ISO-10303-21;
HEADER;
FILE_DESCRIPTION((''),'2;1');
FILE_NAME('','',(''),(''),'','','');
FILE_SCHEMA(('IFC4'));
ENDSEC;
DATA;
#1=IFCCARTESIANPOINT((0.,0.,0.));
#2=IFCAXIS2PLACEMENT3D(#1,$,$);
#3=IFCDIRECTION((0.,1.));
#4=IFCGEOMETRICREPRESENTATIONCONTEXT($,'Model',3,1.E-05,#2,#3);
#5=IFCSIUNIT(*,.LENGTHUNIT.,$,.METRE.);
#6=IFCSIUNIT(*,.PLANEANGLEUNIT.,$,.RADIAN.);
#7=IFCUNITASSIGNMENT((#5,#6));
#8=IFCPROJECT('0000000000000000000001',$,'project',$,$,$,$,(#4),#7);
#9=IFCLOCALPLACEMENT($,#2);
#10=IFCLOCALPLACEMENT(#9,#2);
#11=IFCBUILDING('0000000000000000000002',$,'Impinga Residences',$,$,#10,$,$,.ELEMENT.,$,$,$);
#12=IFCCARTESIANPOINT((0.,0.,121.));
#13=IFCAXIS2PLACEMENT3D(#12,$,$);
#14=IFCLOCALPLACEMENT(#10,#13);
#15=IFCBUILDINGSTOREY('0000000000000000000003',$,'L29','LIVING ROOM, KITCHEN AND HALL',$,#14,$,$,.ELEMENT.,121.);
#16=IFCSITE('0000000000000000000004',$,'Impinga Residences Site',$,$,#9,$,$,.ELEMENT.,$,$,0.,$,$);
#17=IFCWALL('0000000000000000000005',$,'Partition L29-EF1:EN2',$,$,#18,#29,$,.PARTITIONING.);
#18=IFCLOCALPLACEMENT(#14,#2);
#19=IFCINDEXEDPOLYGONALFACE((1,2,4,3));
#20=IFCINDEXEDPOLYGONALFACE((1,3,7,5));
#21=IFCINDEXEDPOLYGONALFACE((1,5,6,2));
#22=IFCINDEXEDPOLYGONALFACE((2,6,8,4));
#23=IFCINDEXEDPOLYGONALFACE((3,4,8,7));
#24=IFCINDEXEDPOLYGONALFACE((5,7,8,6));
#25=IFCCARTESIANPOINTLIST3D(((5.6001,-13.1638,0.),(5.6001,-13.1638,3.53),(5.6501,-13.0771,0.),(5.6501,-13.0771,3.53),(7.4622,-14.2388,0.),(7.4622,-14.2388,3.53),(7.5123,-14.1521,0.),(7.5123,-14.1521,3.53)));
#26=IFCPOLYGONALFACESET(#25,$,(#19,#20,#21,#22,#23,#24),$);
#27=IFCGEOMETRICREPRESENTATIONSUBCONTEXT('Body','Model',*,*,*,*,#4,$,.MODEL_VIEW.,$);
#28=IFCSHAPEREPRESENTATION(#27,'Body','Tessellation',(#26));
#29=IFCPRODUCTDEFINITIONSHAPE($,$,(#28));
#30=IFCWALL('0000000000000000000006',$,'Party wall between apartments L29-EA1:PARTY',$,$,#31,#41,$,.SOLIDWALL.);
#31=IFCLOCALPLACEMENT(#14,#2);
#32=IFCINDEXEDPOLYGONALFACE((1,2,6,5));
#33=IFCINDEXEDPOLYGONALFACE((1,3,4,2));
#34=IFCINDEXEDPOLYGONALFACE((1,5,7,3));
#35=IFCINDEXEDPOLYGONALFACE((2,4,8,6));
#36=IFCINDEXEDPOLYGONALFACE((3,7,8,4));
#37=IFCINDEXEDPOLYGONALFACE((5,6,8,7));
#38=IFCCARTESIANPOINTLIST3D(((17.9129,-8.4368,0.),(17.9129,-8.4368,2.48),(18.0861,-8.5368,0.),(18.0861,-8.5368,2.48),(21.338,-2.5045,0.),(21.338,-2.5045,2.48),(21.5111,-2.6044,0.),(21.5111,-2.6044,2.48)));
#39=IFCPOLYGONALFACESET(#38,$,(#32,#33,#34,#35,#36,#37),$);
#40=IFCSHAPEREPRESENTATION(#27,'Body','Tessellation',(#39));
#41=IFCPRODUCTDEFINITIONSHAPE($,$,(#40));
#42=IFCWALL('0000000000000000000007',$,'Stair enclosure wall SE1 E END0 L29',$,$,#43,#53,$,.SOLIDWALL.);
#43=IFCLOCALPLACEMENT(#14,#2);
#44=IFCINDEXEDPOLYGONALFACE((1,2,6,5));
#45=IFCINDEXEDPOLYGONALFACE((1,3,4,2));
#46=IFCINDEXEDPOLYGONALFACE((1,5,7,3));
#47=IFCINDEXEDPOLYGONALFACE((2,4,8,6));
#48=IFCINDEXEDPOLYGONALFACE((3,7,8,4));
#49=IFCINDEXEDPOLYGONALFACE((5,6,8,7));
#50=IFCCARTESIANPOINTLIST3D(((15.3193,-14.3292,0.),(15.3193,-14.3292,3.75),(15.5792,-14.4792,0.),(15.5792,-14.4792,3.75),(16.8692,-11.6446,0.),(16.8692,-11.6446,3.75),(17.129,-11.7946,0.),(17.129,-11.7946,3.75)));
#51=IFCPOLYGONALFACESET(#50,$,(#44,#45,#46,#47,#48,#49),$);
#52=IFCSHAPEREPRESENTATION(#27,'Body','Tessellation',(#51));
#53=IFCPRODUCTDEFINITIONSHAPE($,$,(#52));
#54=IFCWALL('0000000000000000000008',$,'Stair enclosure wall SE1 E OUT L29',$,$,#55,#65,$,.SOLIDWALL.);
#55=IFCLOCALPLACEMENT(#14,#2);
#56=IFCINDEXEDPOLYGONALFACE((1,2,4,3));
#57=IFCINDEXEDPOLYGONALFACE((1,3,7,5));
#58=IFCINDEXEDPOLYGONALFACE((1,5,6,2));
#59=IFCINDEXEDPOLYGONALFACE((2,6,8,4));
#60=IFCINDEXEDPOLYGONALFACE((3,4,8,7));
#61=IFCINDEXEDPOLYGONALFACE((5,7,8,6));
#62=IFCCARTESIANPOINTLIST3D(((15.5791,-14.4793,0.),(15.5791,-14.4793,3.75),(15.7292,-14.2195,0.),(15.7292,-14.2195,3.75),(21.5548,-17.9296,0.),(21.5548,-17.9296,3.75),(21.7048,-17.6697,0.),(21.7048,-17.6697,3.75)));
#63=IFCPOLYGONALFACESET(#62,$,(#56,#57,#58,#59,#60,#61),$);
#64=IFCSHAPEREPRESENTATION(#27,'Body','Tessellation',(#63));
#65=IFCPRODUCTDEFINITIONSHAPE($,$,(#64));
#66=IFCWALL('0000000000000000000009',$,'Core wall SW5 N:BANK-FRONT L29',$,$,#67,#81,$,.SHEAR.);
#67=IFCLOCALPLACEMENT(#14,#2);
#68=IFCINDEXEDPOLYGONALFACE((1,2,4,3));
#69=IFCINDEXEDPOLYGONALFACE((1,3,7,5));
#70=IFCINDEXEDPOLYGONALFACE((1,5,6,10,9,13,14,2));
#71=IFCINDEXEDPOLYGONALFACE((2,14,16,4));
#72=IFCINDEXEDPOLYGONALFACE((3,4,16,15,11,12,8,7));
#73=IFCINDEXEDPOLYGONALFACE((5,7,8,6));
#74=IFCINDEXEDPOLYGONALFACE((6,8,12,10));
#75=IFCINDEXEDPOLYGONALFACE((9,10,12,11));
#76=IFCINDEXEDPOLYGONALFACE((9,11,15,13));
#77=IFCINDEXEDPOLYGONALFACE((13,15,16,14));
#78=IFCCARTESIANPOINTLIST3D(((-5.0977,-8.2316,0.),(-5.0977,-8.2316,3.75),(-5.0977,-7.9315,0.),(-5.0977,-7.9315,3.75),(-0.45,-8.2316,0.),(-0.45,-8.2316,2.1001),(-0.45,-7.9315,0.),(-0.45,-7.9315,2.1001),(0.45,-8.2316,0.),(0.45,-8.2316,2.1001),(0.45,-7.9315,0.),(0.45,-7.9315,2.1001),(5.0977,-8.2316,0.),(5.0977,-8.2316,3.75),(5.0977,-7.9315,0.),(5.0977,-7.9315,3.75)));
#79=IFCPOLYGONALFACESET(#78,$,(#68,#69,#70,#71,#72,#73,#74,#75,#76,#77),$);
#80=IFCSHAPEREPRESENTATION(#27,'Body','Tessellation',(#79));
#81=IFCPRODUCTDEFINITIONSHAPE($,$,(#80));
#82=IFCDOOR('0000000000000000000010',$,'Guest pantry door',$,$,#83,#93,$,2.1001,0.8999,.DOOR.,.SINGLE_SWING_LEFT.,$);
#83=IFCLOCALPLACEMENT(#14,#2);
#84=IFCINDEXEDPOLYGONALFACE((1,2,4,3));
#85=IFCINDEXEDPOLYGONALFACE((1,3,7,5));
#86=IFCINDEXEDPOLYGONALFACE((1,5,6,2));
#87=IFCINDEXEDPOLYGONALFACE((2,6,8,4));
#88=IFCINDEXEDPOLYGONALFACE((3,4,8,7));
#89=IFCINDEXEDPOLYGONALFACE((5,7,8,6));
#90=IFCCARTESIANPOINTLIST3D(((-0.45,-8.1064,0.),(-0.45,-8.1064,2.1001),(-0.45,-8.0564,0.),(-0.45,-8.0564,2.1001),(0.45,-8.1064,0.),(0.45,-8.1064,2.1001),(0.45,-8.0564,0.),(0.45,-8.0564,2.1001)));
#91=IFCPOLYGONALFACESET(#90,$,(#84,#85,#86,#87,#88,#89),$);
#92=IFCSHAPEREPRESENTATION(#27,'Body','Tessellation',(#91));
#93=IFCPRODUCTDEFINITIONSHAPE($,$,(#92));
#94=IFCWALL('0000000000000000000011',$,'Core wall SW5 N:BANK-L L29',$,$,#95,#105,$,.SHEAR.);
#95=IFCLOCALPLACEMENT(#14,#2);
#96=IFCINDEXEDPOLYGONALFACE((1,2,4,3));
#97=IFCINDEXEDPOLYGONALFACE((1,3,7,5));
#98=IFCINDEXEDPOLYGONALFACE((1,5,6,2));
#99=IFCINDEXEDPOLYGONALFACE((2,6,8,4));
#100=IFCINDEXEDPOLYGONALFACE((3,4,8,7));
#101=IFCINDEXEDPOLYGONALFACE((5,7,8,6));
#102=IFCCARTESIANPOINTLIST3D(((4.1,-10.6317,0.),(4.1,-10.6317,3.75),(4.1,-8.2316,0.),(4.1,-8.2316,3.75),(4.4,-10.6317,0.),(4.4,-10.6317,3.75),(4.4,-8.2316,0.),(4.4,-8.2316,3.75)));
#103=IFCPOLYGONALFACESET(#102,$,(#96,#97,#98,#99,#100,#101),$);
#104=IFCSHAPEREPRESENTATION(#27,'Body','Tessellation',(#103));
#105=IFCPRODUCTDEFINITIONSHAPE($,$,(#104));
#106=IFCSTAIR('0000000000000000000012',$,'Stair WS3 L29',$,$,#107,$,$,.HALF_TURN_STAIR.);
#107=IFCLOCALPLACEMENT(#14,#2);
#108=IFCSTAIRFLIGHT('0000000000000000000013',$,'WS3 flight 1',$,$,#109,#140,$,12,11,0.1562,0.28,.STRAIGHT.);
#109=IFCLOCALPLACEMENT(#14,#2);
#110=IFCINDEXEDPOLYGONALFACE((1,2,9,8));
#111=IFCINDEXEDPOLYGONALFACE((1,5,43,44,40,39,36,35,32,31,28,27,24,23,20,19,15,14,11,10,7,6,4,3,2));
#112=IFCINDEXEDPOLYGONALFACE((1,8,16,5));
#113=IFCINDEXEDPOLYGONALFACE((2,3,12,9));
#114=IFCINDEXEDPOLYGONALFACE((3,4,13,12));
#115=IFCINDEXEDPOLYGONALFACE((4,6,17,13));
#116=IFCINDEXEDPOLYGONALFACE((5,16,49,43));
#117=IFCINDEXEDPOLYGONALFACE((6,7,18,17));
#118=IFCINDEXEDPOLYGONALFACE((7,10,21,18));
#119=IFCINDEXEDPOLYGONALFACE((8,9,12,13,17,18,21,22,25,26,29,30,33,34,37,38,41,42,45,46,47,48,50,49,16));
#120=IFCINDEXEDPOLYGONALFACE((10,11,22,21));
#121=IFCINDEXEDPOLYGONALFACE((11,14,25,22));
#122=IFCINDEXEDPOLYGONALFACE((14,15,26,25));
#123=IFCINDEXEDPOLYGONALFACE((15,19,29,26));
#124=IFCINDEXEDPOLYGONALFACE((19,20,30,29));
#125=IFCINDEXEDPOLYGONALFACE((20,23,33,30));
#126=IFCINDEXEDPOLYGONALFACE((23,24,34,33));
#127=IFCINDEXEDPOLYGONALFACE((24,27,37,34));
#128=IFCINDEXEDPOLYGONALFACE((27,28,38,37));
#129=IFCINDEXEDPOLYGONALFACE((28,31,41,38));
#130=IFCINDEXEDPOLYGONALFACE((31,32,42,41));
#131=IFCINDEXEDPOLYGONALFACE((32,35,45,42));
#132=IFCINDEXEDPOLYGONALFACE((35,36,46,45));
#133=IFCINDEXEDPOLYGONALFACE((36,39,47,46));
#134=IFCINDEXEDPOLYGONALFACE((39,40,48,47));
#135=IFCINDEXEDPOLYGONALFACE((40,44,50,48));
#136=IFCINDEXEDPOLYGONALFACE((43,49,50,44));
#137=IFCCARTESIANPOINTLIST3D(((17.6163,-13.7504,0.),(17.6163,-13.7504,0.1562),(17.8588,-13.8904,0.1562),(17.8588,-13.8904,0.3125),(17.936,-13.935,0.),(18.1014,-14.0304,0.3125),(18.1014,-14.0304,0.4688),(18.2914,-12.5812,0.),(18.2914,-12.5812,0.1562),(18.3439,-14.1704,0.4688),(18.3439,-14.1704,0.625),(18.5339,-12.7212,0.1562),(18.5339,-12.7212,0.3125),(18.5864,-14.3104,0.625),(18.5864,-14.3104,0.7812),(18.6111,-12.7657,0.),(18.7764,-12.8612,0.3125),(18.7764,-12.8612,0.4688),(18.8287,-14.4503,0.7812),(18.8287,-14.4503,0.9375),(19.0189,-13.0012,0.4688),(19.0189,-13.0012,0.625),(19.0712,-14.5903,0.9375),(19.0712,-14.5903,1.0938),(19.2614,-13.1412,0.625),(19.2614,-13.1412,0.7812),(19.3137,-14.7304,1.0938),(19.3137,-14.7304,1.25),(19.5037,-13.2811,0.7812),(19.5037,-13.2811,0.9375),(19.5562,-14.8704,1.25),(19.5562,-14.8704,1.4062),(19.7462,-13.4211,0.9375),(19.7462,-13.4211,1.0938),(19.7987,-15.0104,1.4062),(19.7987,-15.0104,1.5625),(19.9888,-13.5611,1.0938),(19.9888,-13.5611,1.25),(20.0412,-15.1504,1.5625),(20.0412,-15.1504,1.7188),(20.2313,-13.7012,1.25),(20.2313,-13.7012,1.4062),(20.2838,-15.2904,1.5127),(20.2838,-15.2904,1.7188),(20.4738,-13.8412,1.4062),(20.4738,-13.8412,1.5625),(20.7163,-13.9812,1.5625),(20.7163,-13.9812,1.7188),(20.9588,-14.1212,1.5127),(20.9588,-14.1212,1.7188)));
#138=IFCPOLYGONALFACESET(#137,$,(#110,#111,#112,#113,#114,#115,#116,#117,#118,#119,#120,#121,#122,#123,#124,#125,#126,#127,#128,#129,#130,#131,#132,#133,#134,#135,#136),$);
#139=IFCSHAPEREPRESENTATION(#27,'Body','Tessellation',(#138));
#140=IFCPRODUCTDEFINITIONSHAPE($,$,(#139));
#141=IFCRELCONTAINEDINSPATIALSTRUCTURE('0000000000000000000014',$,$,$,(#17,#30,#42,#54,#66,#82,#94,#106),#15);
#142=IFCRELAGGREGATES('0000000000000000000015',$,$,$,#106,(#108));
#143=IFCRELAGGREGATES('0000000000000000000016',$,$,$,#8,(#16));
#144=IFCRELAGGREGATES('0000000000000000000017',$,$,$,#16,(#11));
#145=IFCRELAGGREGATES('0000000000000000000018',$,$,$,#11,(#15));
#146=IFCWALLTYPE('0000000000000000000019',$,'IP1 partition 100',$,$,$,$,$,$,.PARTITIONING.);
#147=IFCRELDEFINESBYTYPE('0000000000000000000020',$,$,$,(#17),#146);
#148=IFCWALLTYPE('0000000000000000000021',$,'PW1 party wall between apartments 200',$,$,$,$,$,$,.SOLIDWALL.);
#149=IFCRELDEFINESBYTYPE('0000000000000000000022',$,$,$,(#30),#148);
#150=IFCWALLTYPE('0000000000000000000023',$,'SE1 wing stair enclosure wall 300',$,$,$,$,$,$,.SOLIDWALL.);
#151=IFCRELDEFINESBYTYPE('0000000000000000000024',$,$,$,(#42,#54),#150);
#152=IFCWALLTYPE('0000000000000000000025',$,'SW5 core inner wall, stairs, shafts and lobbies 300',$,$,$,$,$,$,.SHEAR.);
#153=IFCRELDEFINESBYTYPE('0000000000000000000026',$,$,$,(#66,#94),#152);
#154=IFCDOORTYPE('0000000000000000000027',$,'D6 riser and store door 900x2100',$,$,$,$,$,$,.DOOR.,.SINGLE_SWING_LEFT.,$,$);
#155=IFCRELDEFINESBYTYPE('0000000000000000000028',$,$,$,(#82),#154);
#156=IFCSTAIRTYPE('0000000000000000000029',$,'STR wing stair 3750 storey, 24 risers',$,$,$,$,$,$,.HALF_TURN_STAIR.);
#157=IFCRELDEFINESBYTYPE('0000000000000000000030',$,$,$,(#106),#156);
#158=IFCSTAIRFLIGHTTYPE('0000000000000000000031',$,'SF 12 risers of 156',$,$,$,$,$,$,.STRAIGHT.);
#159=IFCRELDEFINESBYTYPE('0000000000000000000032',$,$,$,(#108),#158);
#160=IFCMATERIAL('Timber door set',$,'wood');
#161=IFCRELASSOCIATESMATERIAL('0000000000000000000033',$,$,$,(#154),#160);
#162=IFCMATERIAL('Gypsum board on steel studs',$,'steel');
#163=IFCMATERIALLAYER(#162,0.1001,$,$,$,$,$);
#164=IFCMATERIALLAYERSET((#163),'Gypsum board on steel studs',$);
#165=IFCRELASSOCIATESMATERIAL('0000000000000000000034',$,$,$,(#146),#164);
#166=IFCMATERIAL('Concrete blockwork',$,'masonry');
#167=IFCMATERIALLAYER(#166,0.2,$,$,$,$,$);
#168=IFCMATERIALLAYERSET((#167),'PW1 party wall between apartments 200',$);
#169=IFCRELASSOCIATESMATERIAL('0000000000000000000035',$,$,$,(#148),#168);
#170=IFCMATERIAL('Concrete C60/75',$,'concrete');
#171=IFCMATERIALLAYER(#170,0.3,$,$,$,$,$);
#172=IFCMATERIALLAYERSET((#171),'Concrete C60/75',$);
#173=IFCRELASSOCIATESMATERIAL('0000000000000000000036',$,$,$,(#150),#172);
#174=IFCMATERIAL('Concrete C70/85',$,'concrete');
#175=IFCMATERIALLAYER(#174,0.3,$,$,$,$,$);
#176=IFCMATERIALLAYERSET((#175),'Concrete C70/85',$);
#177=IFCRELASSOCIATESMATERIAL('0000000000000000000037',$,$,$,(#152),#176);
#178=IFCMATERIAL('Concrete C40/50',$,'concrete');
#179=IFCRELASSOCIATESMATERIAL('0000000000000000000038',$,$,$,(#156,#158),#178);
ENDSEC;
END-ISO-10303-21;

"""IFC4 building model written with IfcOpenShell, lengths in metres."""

from ifc_helpers import new_model, si_unit, direction, frame, frame_2d, origin, place, context, subcontext, project, spatial, polyline, rectangle, outline, extrude, material, layer, layer_set, type_object, element, fill, aggregate, save


model = new_model("IFC4")

# Units and contexts
model_context = context("Model", 3, precision=1e-05, world=origin(), true_north=direction((0.0, 1.0)))
body_context = subcontext(model_context, "Body", "Model", "MODEL_VIEW")
ifc_project = project(units=[si_unit("LENGTHUNIT", "METRE"), si_unit("PLANEANGLEUNIT", "RADIAN")], contexts=[model_context])

# Site, building, storey
site_placement = place(None, origin())
site = spatial("IfcSite", under=ifc_project, at=site_placement, Name="Impinga Residences Site", CompositionType="ELEMENT", RefElevation=0.0)
building_placement = place(site_placement, origin())
building = spatial("IfcBuilding", under=site, at=building_placement, Name="Impinga Residences", CompositionType="ELEMENT")
storey_placement = place(building_placement, frame((0.0, 0.0, 121.0)))
storey = spatial("IfcBuildingStorey", under=building, at=storey_placement, Name="L29", Description="LIVING ROOM, KITCHEN AND HALL", CompositionType="ELEMENT", Elevation=121.0)

# Shared definitions
ifc_material_1 = material(Name="Concrete C60/75", Category="concrete")

# Shared definitions
ifc_material_2 = material(Name="Concrete blockwork", Category="masonry")
ifc_material_3 = material(Name="Timber door set", Category="wood")
door_type_1 = type_object("IfcDoorType", Name="D6 riser and store door 900x2100", OperationType="SINGLE_SWING_LEFT", PredefinedType="DOOR", material=ifc_material_3)

# Shared definitions
ifc_material_4 = material(Name="Gypsum board on steel studs", Category="steel")
ifc_layer_1 = layer(ifc_material_4, 0.1001)
ifc_layer_set_1 = layer_set([ifc_layer_1], Name="Gypsum board on steel studs")
wall_type_1 = type_object("IfcWallType", Name="IP1 partition 100", PredefinedType="PARTITIONING", material=ifc_layer_set_1)

# Walls
wall_1_placement = place(storey_placement, frame((5.625, -13.1204, 0.0), z_axis=(0.0, 0.0, 1.0), x_axis=(0.866048, -0.499962, 0.0)))
element("IfcWall", 1, at=wall_1_placement, inside=storey, type_object=wall_type_1, Name="Partition L29-EF1:EN2", PredefinedType="PARTITIONING", context=body_context, shape_type="SweptSolid", body=[
    extrude(rectangle(XDim=2.1501, YDim=0.1001, at=frame_2d((1.0752, 0.0))), origin(), (0.0, 0.0, 1.0), 3.53),
])
ifc_layer_2 = layer(ifc_material_2, 0.2)
ifc_layer_set_2 = layer_set([ifc_layer_2], Name="PW1 party wall between apartments 200")
wall_type_2 = type_object("IfcWallType", Name="PW1 party wall between apartments 200", PredefinedType="SOLIDWALL", material=ifc_layer_set_2)
wall_2_placement = place(storey_placement, frame((17.9995, -8.4868, 0.0), z_axis=(0.0, 0.0, 1.0), x_axis=(0.499999, 0.866026, 0.0)))
element("IfcWall", 2, at=wall_2_placement, inside=storey, type_object=wall_type_2, Name="Party wall between apartments L29-EA1:PARTY", PredefinedType="SOLIDWALL", context=body_context, shape_type="SweptSolid", body=[
    extrude(rectangle(XDim=6.8501, YDim=0.2, at=frame_2d((3.425, 0.0))), origin(), (0.0, 0.0, 1.0), 2.48),
])
ifc_layer_3 = layer(ifc_material_1, 0.3)
ifc_layer_set_3 = layer_set([ifc_layer_3], Name="Concrete C60/75")
wall_type_3 = type_object("IfcWallType", Name="SE1 wing stair enclosure wall 300", PredefinedType="SOLIDWALL", material=ifc_layer_set_3)
wall_3_placement = place(storey_placement, frame((16.999, -11.7197, 0.0), z_axis=(0.0, 0.0, 1.0), x_axis=(-0.499968, -0.866044, 0.0)))
element("IfcWall", 3, at=wall_3_placement, inside=storey, type_object=wall_type_3, Name="Stair enclosure wall SE1 E END0 L29", PredefinedType="SOLIDWALL", context=body_context, shape_type="SweptSolid", body=[
    extrude(rectangle(XDim=3.0999, YDim=0.3, at=frame_2d((1.5498, 0.0))), origin(), (0.0, 0.0, 1.0), 3.75),
])
wall_4_placement = place(storey_placement, frame((15.6541, -14.3494, 0.0), z_axis=(0.0, 0.0, 1.0), x_axis=(0.866014, -0.500021, 0.0)))
element("IfcWall", 4, at=wall_4_placement, inside=storey, type_object=wall_type_3, Name="Stair enclosure wall SE1 E OUT L29", PredefinedType="SOLIDWALL", context=body_context, shape_type="SweptSolid", body=[
    extrude(rectangle(XDim=6.9001, YDim=0.3, at=frame_2d((3.4502, 0.0))), origin(), (0.0, 0.0, 1.0), 3.75),
])

# Wall, opening, door
ifc_material_5 = material(Name="Concrete C70/85", Category="concrete")
ifc_layer_4 = layer(ifc_material_5, 0.3)
ifc_layer_set_4 = layer_set([ifc_layer_4], Name="Concrete C70/85")
wall_type_4 = type_object("IfcWallType", Name="SW5 core inner wall, stairs, shafts and lobbies 300", PredefinedType="SHEAR", material=ifc_layer_set_4)
wall_5_placement = place(storey_placement, frame((5.0977, -8.0815, 0.0), z_axis=(0.0, 0.0, 1.0), x_axis=(-1.0, 0.0, 0.0)))
wall_5 = element("IfcWall", 5, at=wall_5_placement, inside=storey, type_object=wall_type_4, Name="Core wall SW5 N:BANK-FRONT L29", PredefinedType="SHEAR", context=body_context, shape_type="SweptSolid", body=[
    extrude(rectangle(XDim=10.1953, YDim=0.3, at=frame_2d((5.0977, 0.0))), origin(), (0.0, 0.0, 1.0), 3.75),
])
opening_1_placement = place(wall_5_placement, frame((4.6477, 0.0, 0.0)))
opening_1 = element("IfcOpeningElement", 6, at=opening_1_placement, cuts=wall_5, PredefinedType="OPENING", context=body_context, shape_type="SweptSolid", body=[
    extrude(rectangle(XDim=0.8999, YDim=2.1001, at=frame_2d((0.45, 1.05))), frame((0.0, 0.1599, 0.0), z_axis=(0.0, -1.0, 0.0), x_axis=(1.0, 0.0, 0.0)), (0.0, 0.0, 1.0), 0.3201),
])
door_1_placement = place(opening_1_placement, origin())
door_1 = element("IfcDoor", 7, at=door_1_placement, inside=storey, type_object=door_type_1, Name="Guest pantry door", OperationType="SINGLE_SWING_LEFT", OverallHeight=2.1001, OverallWidth=0.8999, PredefinedType="DOOR", context=body_context, shape_type="SweptSolid", body=[
    extrude(rectangle(XDim=0.8999, YDim=2.1001, at=frame_2d((0.45, 1.05))), frame((0.0, 0.0249, 0.0), z_axis=(0.0, -1.0, 0.0), x_axis=(1.0, 0.0, 0.0)), (0.0, 0.0, 1.0), 0.05),
])
fill(opening_1, door_1)

# Wall
wall_6_placement = place(storey_placement, frame((4.25, -8.2314, 0.0), z_axis=(0.0, 0.0, 1.0), x_axis=(0.0, -1.0, 0.0)))
element("IfcWall", 8, at=wall_6_placement, inside=storey, type_object=wall_type_4, Name="Core wall SW5 N:BANK-L L29", PredefinedType="SHEAR", context=body_context, shape_type="SweptSolid", body=[
    extrude(rectangle(XDim=2.4001, YDim=0.3, at=frame_2d((1.2002, 0.0))), origin(), (0.0, 0.0, 1.0), 3.75),
])

# Stair, stair flight
ifc_material_6 = material(Name="Concrete C40/50", Category="concrete")
stair_type = type_object("IfcStairType", Name="STR wing stair 3750 storey, 24 risers", PredefinedType="HALF_TURN_STAIR", material=ifc_material_6)
stair_placement = place(storey_placement, origin())
stair = element("IfcStair", 9, at=stair_placement, inside=storey, type_object=stair_type, Name="Stair WS3 L29", PredefinedType="HALF_TURN_STAIR")
stair_flight_type = type_object("IfcStairFlightType", Name="SF 12 risers of 156", PredefinedType="STRAIGHT", material=ifc_material_6)
stair_flight_placement = place(storey_placement, frame((17.9539, -13.1658, 0.0), z_axis=(0.0, 0.0, 1.0), x_axis=(0.866025, -0.5, 0.0)))
stair_flight = element("IfcStairFlight", 10, at=stair_flight_placement, type_object=stair_flight_type, Name="WS3 flight 1", NumberOfRisers=12, NumberOfTreads=11, PredefinedType="STRAIGHT", RiserHeight=0.1562, TreadLength=0.28, context=body_context, shape_type="SweptSolid", body=[
    extrude(outline(polyline([(0.0, 0.0), (0.0, 0.1562), (0.28, 0.1562), (0.28, 0.3125), (0.5601, 0.3125), (0.5601, 0.4688), (0.8401, 0.4688), (0.8401, 0.625), (1.1201, 0.625), (1.1201, 0.7812), (1.3999, 0.7812), (1.3999, 0.9375), (1.6799, 0.9375), (1.6799, 1.0938), (1.96, 1.0938), (1.96, 1.25), (2.24, 1.25), (2.24, 1.4062), (2.52, 1.4062), (2.52, 1.5625), (2.8, 1.5625), (2.8, 1.7188), (3.0801, 1.7188), (3.0801, 1.875), (3.0801, 1.5127), (0.3691, 0.0), (0.0, 0.0)])), frame((0.0, 0.675, 0.0), z_axis=(0.0, -1.0, 0.0), x_axis=(1.0, 0.0, 0.0)), (0.0, 0.0, 1.0), 1.3501),
])
aggregate(stair, [stair_flight])

save(model, "model.ifc")
